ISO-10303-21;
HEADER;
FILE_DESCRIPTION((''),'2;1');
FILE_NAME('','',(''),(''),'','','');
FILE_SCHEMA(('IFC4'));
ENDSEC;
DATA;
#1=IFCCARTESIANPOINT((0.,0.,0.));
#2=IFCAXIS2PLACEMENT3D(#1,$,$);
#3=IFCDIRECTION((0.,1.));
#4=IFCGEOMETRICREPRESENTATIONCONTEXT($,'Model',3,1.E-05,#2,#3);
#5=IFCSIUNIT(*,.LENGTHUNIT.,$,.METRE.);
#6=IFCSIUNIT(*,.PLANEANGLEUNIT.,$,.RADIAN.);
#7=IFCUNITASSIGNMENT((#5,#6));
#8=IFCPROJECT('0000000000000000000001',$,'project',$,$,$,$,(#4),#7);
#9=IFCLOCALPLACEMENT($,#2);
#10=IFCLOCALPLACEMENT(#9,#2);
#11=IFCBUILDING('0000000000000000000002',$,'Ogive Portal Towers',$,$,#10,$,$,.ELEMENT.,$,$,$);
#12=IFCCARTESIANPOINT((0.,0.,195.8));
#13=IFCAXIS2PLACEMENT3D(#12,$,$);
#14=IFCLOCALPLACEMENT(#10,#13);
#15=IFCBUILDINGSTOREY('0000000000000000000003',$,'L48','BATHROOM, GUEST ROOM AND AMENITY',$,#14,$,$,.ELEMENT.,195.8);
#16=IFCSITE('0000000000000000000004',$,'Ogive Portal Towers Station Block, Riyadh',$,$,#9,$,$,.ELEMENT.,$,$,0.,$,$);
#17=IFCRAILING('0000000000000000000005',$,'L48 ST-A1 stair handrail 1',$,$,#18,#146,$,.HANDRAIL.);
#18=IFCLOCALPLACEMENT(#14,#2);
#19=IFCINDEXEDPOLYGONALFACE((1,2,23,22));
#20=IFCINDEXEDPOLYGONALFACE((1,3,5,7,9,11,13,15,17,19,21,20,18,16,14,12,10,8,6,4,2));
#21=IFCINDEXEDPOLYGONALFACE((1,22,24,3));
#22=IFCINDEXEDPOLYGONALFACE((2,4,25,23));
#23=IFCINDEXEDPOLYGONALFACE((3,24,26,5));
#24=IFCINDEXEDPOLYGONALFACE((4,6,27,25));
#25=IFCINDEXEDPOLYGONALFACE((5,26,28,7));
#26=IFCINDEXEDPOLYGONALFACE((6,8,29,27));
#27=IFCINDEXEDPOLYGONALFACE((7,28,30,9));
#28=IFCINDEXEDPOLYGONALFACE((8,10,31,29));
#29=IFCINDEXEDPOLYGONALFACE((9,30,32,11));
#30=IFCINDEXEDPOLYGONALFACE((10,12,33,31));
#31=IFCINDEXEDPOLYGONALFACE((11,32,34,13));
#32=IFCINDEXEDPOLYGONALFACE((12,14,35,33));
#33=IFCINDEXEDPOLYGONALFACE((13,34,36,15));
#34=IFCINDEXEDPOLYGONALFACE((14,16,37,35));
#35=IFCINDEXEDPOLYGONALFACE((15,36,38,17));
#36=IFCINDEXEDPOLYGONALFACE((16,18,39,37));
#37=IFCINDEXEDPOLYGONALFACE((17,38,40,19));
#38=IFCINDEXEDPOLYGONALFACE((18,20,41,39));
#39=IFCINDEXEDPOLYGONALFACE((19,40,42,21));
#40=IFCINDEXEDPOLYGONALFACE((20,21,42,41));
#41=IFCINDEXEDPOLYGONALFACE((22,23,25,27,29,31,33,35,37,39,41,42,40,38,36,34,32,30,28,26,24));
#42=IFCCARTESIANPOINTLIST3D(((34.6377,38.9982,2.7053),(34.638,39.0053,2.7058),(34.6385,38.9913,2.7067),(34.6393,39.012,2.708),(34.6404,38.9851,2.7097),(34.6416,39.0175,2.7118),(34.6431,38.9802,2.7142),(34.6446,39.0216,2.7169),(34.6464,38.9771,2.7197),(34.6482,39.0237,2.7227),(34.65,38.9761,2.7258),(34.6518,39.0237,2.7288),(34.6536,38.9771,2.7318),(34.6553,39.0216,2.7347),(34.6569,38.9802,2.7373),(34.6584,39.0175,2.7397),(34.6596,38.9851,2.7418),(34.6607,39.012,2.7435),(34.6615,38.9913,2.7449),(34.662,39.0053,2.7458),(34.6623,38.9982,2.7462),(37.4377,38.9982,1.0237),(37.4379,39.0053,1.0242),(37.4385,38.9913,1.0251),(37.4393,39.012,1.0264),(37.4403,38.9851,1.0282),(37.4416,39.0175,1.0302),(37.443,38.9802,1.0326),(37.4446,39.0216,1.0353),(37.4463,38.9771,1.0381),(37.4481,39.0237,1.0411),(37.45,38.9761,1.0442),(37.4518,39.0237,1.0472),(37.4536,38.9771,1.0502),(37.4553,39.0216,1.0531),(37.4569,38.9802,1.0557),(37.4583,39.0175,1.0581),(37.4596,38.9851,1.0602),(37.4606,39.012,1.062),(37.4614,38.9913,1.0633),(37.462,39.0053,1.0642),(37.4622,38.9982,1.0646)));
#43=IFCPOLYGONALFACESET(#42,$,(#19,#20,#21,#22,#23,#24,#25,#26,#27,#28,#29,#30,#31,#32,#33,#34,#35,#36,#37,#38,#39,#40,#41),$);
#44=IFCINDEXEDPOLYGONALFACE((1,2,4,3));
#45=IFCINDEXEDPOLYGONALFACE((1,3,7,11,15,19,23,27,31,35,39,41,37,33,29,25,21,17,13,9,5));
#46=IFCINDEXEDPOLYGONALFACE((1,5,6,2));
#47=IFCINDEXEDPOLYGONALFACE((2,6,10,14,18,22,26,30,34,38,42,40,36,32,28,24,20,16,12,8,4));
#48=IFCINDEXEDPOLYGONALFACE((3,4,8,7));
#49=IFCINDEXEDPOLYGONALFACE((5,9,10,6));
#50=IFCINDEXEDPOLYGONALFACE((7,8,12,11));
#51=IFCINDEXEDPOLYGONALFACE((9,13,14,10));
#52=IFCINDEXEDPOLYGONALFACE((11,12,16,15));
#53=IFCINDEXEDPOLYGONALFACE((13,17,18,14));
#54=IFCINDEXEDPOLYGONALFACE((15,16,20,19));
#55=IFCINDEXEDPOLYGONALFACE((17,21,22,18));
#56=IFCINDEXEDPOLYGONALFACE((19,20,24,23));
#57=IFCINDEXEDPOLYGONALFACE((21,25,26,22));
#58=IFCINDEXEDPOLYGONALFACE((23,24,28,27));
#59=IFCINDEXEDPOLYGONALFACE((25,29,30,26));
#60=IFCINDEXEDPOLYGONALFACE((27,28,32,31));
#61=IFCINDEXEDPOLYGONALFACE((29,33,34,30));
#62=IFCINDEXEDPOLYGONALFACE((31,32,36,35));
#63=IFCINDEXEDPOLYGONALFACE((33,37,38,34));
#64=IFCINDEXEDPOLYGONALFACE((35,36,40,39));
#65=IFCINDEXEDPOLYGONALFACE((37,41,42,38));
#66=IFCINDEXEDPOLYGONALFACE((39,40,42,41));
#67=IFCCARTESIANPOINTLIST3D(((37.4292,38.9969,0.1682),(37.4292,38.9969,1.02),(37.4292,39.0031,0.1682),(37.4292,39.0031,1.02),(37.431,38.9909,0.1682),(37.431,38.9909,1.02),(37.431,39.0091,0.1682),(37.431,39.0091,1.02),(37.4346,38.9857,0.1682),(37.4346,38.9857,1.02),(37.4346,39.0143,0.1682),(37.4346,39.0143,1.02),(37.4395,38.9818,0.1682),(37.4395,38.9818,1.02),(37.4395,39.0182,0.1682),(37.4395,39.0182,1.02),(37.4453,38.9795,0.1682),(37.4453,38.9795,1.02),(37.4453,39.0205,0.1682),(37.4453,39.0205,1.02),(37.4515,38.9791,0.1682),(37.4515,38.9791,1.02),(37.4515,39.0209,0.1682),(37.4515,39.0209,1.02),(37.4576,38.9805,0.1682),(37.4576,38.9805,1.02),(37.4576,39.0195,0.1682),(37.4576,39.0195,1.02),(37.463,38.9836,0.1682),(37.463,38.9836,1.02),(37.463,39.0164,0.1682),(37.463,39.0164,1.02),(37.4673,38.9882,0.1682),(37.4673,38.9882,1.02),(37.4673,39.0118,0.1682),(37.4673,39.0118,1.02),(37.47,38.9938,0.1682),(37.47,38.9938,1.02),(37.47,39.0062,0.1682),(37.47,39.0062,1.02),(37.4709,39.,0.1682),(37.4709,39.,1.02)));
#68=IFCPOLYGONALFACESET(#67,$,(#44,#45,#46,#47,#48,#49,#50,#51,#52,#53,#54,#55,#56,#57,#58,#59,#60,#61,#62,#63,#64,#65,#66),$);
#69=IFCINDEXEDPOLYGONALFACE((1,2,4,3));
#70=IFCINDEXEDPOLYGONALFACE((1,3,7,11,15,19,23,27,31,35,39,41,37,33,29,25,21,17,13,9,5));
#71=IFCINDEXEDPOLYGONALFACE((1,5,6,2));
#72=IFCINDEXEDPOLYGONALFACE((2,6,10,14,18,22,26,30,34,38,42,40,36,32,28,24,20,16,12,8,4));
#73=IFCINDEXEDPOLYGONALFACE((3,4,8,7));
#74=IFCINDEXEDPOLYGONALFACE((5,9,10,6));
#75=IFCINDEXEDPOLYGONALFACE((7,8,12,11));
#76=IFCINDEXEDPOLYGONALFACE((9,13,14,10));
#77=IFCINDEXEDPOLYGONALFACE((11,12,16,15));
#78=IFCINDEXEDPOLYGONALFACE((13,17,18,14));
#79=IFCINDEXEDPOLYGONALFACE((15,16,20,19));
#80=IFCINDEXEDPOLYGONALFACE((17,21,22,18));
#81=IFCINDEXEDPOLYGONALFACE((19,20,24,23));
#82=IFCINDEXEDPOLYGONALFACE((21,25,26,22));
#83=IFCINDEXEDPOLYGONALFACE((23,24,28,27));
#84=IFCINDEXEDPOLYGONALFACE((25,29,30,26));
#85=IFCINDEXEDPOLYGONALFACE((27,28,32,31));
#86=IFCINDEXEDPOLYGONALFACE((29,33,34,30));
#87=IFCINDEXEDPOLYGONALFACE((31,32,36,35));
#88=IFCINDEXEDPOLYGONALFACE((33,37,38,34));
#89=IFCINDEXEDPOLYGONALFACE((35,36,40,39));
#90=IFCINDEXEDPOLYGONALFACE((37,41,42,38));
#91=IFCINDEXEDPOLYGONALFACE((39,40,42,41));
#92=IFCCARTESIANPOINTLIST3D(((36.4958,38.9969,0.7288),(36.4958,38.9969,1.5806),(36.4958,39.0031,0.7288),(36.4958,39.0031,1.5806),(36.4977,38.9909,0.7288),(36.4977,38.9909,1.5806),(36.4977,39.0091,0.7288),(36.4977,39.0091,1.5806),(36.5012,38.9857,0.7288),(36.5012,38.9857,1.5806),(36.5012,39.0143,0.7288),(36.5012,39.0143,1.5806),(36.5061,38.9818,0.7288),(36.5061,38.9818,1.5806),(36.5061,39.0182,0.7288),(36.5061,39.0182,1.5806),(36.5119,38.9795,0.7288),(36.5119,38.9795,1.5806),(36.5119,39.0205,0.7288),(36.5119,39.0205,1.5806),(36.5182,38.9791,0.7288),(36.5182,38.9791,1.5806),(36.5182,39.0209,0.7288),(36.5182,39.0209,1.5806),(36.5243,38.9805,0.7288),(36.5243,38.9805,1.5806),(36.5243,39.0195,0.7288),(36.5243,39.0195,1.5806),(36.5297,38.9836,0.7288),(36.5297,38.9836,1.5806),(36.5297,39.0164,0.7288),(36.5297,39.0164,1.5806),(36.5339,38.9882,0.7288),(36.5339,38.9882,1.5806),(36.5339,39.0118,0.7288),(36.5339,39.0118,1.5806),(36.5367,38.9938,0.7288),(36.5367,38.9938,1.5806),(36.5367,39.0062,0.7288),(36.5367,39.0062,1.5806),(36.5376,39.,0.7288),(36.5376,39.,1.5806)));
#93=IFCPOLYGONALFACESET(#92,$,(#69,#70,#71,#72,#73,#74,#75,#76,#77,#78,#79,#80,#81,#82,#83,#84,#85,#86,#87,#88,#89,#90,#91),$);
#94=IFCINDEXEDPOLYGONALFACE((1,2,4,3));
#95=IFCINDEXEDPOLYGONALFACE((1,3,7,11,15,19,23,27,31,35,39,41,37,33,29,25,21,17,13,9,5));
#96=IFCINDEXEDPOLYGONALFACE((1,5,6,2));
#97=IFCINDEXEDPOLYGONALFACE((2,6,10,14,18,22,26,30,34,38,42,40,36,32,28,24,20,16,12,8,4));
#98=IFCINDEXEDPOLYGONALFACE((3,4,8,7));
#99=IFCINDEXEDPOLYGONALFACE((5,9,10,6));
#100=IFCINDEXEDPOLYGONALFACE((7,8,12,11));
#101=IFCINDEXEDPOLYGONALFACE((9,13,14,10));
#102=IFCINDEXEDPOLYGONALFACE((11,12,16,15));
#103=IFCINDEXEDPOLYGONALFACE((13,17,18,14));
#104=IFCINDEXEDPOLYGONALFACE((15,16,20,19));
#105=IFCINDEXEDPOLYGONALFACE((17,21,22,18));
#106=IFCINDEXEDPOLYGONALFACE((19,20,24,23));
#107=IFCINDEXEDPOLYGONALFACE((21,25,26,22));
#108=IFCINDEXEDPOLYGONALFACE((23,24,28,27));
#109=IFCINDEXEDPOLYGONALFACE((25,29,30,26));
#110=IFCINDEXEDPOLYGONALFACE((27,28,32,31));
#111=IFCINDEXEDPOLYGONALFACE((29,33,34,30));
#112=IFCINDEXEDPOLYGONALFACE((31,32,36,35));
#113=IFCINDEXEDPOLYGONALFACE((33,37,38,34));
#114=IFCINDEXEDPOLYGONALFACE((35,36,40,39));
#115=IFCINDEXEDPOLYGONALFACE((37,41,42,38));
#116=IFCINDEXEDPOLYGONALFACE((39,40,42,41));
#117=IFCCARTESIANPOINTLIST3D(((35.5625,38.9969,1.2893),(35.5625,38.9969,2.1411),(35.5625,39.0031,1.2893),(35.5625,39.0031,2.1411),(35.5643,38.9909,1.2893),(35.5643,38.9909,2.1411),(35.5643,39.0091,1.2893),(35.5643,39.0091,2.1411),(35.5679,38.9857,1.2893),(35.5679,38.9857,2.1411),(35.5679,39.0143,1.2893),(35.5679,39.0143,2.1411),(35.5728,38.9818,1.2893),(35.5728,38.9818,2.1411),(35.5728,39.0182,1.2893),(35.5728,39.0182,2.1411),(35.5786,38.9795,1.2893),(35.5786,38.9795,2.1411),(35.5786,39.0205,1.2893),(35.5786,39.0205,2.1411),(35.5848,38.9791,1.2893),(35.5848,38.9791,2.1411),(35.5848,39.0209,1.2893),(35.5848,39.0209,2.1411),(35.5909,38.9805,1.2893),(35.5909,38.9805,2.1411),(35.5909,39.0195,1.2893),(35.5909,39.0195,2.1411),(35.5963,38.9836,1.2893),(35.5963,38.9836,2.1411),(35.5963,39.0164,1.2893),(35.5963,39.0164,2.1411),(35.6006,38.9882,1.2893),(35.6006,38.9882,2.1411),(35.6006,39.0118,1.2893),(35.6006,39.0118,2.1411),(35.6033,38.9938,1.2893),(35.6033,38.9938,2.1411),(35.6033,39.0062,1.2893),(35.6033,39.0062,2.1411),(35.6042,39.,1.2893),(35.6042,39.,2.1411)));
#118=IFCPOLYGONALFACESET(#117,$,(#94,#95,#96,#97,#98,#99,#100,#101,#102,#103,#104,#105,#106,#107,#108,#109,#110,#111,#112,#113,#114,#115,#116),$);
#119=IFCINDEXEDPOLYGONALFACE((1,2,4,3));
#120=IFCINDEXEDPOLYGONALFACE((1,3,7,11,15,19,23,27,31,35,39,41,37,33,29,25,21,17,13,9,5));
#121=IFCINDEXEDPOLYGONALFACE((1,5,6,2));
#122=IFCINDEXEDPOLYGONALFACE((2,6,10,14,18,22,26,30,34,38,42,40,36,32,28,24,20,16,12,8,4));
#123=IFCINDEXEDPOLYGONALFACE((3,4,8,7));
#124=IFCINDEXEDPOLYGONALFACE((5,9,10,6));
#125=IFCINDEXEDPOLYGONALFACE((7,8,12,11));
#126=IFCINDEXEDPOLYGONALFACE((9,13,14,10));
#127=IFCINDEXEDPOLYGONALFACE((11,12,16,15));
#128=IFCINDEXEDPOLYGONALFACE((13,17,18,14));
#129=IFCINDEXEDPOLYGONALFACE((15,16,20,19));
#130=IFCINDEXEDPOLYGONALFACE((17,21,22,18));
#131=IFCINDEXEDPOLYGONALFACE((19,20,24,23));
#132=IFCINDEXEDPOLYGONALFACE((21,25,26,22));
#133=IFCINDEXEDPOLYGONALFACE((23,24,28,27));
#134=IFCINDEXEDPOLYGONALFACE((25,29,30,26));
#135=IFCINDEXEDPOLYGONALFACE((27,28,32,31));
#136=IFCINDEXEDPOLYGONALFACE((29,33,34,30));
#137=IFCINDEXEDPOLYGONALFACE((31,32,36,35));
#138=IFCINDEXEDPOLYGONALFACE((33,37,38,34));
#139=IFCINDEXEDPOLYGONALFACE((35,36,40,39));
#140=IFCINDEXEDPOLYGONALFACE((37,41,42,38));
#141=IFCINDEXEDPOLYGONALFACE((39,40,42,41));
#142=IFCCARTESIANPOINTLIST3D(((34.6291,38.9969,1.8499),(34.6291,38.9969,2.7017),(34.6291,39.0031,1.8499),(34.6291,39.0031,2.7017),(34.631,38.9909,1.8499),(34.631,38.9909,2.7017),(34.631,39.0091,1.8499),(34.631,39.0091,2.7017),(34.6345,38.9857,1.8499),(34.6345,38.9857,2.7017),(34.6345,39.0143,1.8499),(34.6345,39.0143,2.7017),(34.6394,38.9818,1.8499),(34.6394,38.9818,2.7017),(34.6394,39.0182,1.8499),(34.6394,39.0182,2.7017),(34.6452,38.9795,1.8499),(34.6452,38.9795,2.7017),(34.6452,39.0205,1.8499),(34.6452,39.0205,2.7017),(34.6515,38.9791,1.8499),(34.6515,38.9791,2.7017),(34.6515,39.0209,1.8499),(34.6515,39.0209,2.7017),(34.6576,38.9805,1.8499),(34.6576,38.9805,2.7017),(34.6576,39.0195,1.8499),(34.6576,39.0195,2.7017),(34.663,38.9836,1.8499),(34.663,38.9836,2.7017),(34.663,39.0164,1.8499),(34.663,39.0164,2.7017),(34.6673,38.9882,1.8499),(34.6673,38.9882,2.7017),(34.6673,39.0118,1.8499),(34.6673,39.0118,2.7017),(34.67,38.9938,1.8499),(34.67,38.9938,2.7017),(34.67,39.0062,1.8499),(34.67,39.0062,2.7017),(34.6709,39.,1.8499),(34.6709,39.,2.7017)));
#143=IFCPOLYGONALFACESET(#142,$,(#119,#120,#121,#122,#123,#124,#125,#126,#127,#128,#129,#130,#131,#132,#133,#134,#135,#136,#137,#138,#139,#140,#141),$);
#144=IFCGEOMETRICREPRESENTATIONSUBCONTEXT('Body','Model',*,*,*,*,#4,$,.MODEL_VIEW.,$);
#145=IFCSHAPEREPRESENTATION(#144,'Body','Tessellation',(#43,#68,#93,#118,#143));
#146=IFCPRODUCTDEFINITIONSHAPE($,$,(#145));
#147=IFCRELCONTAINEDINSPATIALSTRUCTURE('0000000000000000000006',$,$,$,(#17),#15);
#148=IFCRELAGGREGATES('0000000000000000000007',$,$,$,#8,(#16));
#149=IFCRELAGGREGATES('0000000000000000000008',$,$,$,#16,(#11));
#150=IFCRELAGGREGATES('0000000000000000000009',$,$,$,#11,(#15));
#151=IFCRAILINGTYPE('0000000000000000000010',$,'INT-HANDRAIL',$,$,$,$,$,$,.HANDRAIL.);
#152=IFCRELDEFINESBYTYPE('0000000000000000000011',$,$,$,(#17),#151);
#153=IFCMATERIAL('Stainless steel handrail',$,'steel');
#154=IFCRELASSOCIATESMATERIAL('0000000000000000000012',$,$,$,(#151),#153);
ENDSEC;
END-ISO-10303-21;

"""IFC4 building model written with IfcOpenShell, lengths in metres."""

from ifc_helpers import new_model, si_unit, direction, frame, origin, origin_2d, place, context, subcontext, project, spatial, circle, extrude, material, type_object, element, save


model = new_model("IFC4")

# Units and contexts
model_context = context("Model", 3, precision=1e-05, world=origin(), true_north=direction((0.0, 1.0)))
body_context = subcontext(model_context, "Body", "Model", "MODEL_VIEW")
ifc_project = project(units=[si_unit("LENGTHUNIT", "METRE"), si_unit("PLANEANGLEUNIT", "RADIAN")], contexts=[model_context])

# Site, building, storey
site_placement = place(None, origin())
site = spatial("IfcSite", under=ifc_project, at=site_placement, Name="Ogive Portal Towers Station Block, Riyadh", CompositionType="ELEMENT", RefElevation=0.0)
building_placement = place(site_placement, origin())
building = spatial("IfcBuilding", under=site, at=building_placement, Name="Ogive Portal Towers", CompositionType="ELEMENT")
storey_placement = place(building_placement, frame((0.0, 0.0, 195.8)))
storey = spatial("IfcBuildingStorey", under=building, at=storey_placement, Name="L48", Description="BATHROOM, GUEST ROOM AND AMENITY", CompositionType="ELEMENT", Elevation=195.8)

# Railing
ifc_material_1 = material(Name="Stainless steel handrail", Category="steel")
railing_type_1 = type_object("IfcRailingType", Name="INT-HANDRAIL", PredefinedType="HANDRAIL", material=ifc_material_1)
railing_1_placement = place(storey_placement, frame((37.45, 39.0, 0.1682)))
element("IfcRailing", 1, at=railing_1_placement, inside=storey, type_object=railing_type_1, Name="L48 ST-A1 stair handrail 1", PredefinedType="HANDRAIL", context=body_context, shape_type="SweptSolid", body=[
    extrude(circle(Radius=0.0239, at=origin_2d()), frame((0.0, 0.0, 0.876), z_axis=(-0.857275, 0.0, 0.514858), x_axis=(0.0, -1.0, 0.0)), (0.0, 0.0, 1.0), 3.2661),
    extrude(circle(Radius=0.021, at=origin_2d()), origin(), (0.0, 0.0, 1.0), 0.8518),
    extrude(circle(Radius=0.021, at=origin_2d()), frame((-0.9333, 0.0, 0.5605)), (0.0, 0.0, 1.0), 0.8518),
    extrude(circle(Radius=0.021, at=origin_2d()), frame((-1.8667, 0.0, 1.1211)), (0.0, 0.0, 1.0), 0.8518),
    extrude(circle(Radius=0.021, at=origin_2d()), frame((-2.8, 0.0, 1.6816)), (0.0, 0.0, 1.0), 0.8518),
])

save(model, "model.ifc")
